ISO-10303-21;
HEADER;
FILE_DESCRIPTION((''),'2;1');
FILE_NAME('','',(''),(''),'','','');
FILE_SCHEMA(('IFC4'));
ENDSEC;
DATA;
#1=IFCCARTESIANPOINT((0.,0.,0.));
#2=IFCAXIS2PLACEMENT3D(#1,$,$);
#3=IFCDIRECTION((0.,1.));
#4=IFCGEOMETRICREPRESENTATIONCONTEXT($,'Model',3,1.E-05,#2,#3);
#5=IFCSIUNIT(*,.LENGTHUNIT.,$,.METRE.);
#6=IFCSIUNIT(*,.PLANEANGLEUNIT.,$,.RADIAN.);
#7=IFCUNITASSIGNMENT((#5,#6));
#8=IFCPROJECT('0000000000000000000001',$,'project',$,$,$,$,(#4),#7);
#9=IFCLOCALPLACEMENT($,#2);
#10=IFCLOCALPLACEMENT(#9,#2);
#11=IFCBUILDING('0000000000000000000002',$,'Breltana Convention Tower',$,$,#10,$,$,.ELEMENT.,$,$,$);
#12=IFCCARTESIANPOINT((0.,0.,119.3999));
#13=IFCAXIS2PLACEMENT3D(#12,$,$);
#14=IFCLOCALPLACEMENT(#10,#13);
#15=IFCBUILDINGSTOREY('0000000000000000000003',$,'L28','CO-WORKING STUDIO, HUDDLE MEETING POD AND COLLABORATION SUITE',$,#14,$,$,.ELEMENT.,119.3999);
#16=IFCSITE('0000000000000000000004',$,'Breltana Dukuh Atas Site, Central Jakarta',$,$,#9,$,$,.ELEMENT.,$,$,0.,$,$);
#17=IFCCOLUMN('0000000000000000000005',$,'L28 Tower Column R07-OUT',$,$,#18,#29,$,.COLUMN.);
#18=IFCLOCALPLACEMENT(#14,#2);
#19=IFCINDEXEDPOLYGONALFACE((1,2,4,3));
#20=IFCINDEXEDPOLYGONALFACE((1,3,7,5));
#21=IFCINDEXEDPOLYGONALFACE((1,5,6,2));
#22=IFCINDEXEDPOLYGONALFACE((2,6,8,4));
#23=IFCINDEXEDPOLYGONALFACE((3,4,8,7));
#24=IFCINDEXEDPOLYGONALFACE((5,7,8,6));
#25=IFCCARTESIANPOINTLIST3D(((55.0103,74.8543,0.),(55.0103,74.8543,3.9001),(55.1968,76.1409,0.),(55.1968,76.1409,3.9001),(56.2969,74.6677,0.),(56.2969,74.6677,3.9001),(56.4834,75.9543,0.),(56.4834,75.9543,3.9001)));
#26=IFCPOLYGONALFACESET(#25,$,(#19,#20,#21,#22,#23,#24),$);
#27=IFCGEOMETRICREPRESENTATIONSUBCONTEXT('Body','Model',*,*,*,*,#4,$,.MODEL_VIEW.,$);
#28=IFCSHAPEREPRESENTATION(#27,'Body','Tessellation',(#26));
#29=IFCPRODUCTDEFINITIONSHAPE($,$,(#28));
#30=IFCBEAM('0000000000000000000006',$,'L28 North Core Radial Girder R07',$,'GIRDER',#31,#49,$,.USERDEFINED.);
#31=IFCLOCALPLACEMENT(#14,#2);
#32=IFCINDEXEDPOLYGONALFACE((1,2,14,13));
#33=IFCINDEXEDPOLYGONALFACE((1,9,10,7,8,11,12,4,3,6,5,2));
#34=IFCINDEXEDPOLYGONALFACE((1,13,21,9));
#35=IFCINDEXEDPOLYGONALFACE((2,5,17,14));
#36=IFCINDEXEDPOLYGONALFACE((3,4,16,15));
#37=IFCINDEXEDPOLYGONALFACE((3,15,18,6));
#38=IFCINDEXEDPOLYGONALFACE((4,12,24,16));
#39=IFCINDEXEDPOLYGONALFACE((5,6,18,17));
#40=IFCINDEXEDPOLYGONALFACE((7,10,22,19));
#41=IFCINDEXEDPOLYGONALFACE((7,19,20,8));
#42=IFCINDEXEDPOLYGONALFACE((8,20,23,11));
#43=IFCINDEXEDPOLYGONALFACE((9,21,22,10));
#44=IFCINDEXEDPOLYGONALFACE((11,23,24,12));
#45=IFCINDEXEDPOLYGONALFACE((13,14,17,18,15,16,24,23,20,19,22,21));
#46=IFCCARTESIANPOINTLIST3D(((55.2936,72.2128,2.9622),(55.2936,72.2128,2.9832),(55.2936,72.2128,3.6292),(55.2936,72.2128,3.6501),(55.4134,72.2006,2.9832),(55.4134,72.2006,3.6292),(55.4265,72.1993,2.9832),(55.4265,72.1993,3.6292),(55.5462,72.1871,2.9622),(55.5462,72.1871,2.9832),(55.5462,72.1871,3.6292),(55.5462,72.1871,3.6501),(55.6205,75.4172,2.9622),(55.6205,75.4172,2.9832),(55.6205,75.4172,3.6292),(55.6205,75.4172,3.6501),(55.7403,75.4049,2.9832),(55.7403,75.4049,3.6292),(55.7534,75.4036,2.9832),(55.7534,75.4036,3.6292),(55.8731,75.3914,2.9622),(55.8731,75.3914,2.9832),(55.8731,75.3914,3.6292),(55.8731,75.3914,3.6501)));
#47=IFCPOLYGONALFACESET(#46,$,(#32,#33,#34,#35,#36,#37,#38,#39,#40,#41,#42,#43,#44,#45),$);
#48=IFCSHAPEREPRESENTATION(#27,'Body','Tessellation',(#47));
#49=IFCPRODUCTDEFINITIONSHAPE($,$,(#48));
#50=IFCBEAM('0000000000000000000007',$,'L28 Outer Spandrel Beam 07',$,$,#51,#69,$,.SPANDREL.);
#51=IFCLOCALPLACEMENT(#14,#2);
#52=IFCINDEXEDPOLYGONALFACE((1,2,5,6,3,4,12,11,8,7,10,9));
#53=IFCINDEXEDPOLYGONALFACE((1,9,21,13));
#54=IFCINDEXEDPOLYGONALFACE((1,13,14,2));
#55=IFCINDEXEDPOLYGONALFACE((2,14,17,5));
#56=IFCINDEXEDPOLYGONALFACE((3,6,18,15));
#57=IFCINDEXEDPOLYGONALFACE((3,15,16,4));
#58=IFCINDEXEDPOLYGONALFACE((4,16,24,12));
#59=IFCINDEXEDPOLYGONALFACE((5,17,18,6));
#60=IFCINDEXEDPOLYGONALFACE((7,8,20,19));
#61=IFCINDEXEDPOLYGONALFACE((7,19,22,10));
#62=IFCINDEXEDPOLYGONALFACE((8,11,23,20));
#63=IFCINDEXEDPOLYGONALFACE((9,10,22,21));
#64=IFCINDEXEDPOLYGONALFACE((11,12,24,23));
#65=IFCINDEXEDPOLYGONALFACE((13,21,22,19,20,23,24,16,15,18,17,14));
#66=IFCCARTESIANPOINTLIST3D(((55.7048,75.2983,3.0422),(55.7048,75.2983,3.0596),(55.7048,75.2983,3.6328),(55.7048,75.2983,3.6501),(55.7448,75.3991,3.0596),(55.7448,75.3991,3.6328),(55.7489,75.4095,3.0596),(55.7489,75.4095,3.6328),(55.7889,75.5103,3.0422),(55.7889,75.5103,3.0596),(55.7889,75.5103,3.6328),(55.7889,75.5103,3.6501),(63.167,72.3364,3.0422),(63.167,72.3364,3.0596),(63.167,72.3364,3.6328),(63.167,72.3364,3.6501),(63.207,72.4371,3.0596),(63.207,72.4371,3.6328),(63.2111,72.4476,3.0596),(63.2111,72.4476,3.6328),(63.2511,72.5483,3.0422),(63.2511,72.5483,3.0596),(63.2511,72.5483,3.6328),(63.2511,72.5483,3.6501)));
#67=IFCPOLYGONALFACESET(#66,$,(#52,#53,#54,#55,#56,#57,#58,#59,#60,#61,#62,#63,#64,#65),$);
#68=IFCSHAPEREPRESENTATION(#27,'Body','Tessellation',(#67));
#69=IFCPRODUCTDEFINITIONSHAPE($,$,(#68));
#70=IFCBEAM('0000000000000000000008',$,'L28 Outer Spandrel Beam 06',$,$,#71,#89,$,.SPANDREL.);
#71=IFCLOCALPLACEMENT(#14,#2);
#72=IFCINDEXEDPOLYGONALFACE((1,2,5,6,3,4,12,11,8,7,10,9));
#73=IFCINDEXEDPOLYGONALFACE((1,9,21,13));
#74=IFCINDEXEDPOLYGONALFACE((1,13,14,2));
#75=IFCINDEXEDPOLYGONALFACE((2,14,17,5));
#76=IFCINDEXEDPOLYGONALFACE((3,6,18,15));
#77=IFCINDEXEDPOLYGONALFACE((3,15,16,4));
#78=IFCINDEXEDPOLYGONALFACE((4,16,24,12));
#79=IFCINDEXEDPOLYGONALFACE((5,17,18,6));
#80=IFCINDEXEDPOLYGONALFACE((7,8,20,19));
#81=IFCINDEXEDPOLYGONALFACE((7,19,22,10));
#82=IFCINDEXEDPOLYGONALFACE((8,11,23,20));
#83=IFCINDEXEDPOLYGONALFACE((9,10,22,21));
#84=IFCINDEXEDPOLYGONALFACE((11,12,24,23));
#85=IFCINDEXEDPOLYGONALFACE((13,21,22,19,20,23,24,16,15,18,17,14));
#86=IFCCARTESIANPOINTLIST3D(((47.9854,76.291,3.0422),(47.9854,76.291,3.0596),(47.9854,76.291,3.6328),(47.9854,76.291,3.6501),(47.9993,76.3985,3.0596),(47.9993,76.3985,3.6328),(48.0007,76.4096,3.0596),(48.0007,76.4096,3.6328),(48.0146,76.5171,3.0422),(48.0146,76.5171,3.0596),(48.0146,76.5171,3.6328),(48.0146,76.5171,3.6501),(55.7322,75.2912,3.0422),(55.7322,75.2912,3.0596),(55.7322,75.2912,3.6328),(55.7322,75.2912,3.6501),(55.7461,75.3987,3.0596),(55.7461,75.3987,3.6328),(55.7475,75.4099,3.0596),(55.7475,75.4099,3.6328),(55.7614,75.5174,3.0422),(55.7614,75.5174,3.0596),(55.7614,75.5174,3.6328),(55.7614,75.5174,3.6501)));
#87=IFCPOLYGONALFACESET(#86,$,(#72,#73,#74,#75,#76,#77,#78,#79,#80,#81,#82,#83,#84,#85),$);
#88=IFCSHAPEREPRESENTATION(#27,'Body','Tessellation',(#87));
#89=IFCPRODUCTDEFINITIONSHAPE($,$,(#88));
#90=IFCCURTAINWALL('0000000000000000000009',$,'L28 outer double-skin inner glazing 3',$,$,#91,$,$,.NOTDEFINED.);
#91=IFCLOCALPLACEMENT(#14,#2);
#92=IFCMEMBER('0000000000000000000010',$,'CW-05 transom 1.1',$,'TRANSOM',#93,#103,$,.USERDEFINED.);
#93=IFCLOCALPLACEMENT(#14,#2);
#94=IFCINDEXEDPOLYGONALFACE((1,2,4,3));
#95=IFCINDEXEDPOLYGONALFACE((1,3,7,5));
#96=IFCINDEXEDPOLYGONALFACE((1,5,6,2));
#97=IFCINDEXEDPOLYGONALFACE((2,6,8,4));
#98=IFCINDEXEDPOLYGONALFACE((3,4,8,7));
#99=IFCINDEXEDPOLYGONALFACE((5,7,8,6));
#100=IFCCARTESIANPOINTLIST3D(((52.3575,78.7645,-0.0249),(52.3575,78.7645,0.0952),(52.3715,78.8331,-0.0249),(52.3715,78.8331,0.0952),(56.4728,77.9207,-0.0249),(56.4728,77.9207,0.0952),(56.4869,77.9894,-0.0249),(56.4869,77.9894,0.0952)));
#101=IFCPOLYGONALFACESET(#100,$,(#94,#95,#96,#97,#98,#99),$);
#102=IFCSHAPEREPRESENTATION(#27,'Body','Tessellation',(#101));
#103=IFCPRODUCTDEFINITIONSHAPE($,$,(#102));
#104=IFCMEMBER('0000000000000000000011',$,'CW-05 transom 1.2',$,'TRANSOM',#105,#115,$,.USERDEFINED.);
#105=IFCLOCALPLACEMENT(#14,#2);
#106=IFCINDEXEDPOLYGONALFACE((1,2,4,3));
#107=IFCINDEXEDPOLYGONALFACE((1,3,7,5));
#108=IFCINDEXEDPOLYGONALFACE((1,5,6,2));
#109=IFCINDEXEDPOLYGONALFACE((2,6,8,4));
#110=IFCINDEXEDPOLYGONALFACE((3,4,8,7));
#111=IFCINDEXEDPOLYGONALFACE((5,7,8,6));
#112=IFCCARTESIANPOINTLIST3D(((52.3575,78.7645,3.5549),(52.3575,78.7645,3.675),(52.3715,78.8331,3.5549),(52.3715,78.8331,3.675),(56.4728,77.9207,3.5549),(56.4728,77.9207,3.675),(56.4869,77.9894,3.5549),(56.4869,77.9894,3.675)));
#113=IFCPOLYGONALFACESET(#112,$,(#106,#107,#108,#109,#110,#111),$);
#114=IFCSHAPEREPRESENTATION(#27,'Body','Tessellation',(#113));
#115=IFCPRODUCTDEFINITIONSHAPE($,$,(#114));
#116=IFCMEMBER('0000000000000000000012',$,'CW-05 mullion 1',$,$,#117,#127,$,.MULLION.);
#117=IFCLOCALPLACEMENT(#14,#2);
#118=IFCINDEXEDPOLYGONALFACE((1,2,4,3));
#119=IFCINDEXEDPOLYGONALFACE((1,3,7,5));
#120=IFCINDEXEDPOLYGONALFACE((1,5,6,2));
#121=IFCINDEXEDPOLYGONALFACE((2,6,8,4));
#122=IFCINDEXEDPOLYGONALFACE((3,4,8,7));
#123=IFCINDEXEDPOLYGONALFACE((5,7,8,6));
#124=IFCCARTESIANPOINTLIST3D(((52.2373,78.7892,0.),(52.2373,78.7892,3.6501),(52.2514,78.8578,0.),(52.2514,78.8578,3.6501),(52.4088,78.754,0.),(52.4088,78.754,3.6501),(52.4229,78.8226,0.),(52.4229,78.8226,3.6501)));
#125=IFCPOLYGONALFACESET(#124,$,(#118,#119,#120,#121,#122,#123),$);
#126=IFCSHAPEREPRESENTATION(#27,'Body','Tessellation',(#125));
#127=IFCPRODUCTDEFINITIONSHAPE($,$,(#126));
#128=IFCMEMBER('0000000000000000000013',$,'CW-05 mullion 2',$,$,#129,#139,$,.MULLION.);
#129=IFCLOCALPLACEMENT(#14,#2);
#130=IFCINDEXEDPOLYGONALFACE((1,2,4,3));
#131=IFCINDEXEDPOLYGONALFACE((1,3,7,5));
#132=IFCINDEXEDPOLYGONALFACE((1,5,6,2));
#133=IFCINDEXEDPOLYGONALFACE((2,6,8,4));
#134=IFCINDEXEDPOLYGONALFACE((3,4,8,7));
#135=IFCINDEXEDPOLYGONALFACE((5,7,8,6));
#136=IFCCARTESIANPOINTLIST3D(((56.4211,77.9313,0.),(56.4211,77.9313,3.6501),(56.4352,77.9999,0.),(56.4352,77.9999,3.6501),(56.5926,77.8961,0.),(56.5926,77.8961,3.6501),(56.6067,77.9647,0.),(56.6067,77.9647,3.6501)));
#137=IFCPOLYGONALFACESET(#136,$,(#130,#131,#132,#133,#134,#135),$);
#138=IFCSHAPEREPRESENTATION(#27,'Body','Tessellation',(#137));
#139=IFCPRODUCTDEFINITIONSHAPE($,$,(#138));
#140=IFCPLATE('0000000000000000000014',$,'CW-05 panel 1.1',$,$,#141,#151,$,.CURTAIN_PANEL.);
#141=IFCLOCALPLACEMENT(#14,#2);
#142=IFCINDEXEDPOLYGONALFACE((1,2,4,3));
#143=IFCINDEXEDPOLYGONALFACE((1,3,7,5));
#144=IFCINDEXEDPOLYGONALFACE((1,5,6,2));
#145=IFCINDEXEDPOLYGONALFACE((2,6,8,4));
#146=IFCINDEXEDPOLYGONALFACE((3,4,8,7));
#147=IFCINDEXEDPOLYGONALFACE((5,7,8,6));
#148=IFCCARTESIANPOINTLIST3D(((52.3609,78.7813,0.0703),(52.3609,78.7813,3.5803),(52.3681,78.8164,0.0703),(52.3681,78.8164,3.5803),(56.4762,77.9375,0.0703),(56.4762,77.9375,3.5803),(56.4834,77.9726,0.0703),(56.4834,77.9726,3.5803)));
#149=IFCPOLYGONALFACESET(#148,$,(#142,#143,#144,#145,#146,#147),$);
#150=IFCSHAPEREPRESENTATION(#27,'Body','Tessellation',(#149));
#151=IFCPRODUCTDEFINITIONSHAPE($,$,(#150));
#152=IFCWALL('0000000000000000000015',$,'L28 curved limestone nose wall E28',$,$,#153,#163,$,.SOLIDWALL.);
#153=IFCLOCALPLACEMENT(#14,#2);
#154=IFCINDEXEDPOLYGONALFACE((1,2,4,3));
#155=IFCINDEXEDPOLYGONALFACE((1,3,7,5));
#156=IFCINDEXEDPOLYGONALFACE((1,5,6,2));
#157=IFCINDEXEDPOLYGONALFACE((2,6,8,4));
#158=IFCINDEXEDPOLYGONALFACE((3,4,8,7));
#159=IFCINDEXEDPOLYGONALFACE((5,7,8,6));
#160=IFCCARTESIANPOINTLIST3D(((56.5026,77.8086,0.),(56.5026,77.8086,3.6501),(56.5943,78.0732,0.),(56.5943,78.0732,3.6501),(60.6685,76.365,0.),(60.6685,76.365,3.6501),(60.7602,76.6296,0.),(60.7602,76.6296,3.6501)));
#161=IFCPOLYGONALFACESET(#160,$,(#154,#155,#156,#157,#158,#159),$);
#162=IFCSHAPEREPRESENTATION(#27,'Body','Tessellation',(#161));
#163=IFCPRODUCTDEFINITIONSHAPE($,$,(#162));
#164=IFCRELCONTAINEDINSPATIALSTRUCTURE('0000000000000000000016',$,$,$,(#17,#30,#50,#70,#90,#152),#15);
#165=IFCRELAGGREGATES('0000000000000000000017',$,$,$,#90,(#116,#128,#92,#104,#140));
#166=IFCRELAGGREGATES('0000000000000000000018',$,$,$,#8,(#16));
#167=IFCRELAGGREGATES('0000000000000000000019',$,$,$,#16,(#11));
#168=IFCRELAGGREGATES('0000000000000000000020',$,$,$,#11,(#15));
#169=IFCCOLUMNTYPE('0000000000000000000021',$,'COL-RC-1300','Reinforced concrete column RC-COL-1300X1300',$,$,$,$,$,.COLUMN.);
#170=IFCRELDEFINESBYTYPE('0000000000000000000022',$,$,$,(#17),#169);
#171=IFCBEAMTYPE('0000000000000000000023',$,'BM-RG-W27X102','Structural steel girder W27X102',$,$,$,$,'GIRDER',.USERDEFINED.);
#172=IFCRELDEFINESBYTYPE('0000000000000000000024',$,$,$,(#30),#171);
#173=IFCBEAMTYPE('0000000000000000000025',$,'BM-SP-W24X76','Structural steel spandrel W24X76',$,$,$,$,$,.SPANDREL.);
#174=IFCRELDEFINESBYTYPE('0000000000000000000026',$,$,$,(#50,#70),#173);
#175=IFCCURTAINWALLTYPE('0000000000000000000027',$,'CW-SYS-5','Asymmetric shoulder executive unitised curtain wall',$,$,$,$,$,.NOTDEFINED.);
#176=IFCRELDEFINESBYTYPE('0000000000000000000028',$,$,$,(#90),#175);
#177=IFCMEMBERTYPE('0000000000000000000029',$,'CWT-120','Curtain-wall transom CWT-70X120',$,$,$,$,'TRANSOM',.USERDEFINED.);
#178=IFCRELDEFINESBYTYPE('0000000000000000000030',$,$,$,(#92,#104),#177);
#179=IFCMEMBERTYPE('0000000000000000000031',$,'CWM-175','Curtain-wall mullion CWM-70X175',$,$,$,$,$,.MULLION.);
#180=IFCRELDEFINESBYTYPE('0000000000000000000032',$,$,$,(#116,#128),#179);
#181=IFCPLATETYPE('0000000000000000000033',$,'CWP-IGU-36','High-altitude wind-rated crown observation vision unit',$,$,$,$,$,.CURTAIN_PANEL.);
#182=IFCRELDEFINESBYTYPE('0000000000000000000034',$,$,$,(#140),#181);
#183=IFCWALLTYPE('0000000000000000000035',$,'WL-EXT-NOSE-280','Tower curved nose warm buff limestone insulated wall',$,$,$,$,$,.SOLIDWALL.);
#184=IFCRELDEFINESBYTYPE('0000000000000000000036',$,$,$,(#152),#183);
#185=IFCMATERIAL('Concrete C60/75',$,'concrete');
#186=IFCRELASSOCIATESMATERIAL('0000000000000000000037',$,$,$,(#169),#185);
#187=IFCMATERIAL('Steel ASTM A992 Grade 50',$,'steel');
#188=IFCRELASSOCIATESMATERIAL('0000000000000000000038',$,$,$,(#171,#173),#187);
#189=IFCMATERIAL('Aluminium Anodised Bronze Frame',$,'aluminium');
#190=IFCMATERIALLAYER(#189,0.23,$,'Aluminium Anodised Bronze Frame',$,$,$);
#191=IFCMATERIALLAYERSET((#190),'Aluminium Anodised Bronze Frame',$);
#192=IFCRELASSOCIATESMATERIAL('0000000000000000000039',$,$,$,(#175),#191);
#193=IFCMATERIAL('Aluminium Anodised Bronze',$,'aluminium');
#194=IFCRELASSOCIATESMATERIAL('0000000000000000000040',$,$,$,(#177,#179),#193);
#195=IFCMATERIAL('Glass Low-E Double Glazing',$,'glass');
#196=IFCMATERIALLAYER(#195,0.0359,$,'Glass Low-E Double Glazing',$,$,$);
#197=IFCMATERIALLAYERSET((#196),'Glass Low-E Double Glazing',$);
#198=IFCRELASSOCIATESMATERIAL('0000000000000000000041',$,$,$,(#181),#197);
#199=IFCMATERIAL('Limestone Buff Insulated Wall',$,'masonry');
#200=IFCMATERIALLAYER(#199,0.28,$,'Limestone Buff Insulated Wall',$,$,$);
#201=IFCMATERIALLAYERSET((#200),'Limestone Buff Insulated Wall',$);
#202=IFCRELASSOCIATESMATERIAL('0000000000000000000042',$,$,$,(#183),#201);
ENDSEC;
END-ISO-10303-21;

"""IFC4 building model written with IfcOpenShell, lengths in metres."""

from ifc_helpers import new_model, si_unit, direction, frame, frame_2d, origin, origin_2d, place, context, subcontext, project, spatial, rectangle, i_section, extrude, source, transform, mapped, material, layer, layer_set, material_profile, profile_set, type_object, element, aggregate, save


model = new_model("IFC4")

# Units and contexts
model_context = context("Model", 3, precision=1e-05, world=origin(), true_north=direction((0.0, 1.0)))
body_context = subcontext(model_context, "Body", "Model", "MODEL_VIEW")
ifc_project = project(units=[si_unit("LENGTHUNIT", "METRE"), si_unit("PLANEANGLEUNIT", "RADIAN")], contexts=[model_context])

# Site, building, storey
site_placement = place(None, origin())
site = spatial("IfcSite", under=ifc_project, at=site_placement, Name="Breltana Dukuh Atas Site, Central Jakarta", CompositionType="ELEMENT", RefElevation=0.0)
building_placement = place(site_placement, origin())
building = spatial("IfcBuilding", under=site, at=building_placement, Name="Breltana Convention Tower", CompositionType="ELEMENT")
storey_placement = place(building_placement, frame((0.0, 0.0, 119.3999)))
storey = spatial("IfcBuildingStorey", under=building, at=storey_placement, Name="L28", Description="CO-WORKING STUDIO, HUDDLE MEETING POD AND COLLABORATION SUITE", CompositionType="ELEMENT", Elevation=119.3999)

# Column
ifc_material_1 = material(Name="Concrete C60/75", Category="concrete")
ifc_material_profile_1 = material_profile(ifc_material_1, rectangle(XDim=1.3, YDim=1.3, at=origin_2d()), Name="RC-COL-1300X1300")
ifc_profile_set_1 = profile_set([ifc_material_profile_1], Name="Concrete C60/75")
column_type = type_object("IfcColumnType", Name="COL-RC-1300", Description="Reinforced concrete column RC-COL-1300X1300", PredefinedType="COLUMN", material=ifc_profile_set_1)
shared_shape_1 = source(origin(), body_context, "Body", "SweptSolid", [
    extrude(rectangle(XDim=1.3, YDim=1.3, at=origin_2d()), origin(), (0.0, 0.0, 1.0), 3.9001),
])
column_placement = place(storey_placement, frame((55.7468, 75.4043, 0.0), z_axis=(0.0, 0.0, 1.0), x_axis=(0.143493, 0.989651, 0.0)))
element("IfcColumn", 1, at=column_placement, inside=storey, type_object=column_type, Name="L28 Tower Column R07-OUT", PredefinedType="COLUMN", context=body_context, shape_type="MappedRepresentation", body=[
    mapped(shared_shape_1, transform((0.0, 0.0, 0.0), scale=1.0)),
])

# Beams
ifc_material_2 = material(Name="Steel ASTM A992 Grade 50", Category="steel")
ifc_material_profile_2 = material_profile(ifc_material_2, i_section(OverallWidth=0.2539, OverallDepth=0.688, WebThickness=0.0132, FlangeThickness=0.021, at=origin_2d()), Name="W27X102")
ifc_profile_set_2 = profile_set([ifc_material_profile_2], Name="Steel ASTM A992 Grade 50")
beam_type_1 = type_object("IfcBeamType", Name="BM-RG-W27X102", Description="Structural steel girder W27X102", ElementType="GIRDER", PredefinedType="USERDEFINED", material=ifc_profile_set_2)
shared_shape_2 = source(origin(), body_context, "Body", "SweptSolid", [
    extrude(i_section(OverallWidth=0.2539, OverallDepth=0.688, WebThickness=0.0132, FlangeThickness=0.021, at=origin_2d()), origin(), (0.0, 0.0, 1.0), 3.2209),
])
beam_1_placement = place(storey_placement, frame((55.4199, 72.2, 3.3062), z_axis=(0.101492, 0.994836, 0.0), x_axis=(-0.994836, 0.101492, 0.0)))
element("IfcBeam", 2, at=beam_1_placement, inside=storey, type_object=beam_type_1, Name="L28 North Core Radial Girder R07", ObjectType="GIRDER", PredefinedType="USERDEFINED", context=body_context, shape_type="MappedRepresentation", body=[
    mapped(shared_shape_2, transform((0.0, 0.0, 0.0), scale=1.0)),
])
ifc_material_profile_3 = material_profile(ifc_material_2, i_section(OverallWidth=0.228, OverallDepth=0.6079, WebThickness=0.0112, FlangeThickness=0.0173, at=origin_2d()), Name="W24X76")
ifc_profile_set_3 = profile_set([ifc_material_profile_3], Name="Steel ASTM A992 Grade 50")
beam_type_2 = type_object("IfcBeamType", Name="BM-SP-W24X76", Description="Structural steel spandrel W24X76", PredefinedType="SPANDREL", material=ifc_profile_set_3)
shared_shape_3 = source(origin(), body_context, "Body", "SweptSolid", [
    extrude(i_section(OverallWidth=0.228, OverallDepth=0.6079, WebThickness=0.0112, FlangeThickness=0.0173, at=origin_2d()), origin(), (0.0, 0.0, 1.0), 8.0286),
])
beam_2_placement = place(storey_placement, frame((55.7468, 75.4043, 3.3462), z_axis=(0.929459, -0.368925, 0.0), x_axis=(0.368925, 0.929459, 0.0)))
element("IfcBeam", 3, at=beam_2_placement, inside=storey, type_object=beam_type_2, Name="L28 Outer Spandrel Beam 07", PredefinedType="SPANDREL", context=body_context, shape_type="MappedRepresentation", body=[
    mapped(shared_shape_3, transform((0.0, 0.0, 0.0), scale=1.0)),
])
shared_shape_4 = source(origin(), body_context, "Body", "SweptSolid", [
    extrude(i_section(OverallWidth=0.228, OverallDepth=0.6079, WebThickness=0.0112, FlangeThickness=0.0173, at=origin_2d()), origin(), (0.0, 0.0, 1.0), 7.811),
])
beam_3_placement = place(storey_placement, frame((48.0, 76.4041, 3.3462), z_axis=(0.991775, -0.127992, 0.0), x_axis=(0.127992, 0.991775, 0.0)))
element("IfcBeam", 4, at=beam_3_placement, inside=storey, type_object=beam_type_2, Name="L28 Outer Spandrel Beam 06", PredefinedType="SPANDREL", context=body_context, shape_type="MappedRepresentation", body=[
    mapped(shared_shape_4, transform((0.0, 0.0, 0.0), scale=1.0)),
])

# Curtain wall, members, plate
ifc_material_3 = material(Name="Aluminium Anodised Bronze Frame", Category="aluminium")
ifc_layer_1 = layer(ifc_material_3, 0.23, Name="Aluminium Anodised Bronze Frame")
ifc_layer_set_1 = layer_set([ifc_layer_1], Name="Aluminium Anodised Bronze Frame")
curtain_wall_type = type_object("IfcCurtainWallType", Name="CW-SYS-5", Description="Asymmetric shoulder executive unitised curtain wall", PredefinedType="NOTDEFINED", material=ifc_layer_set_1)
curtain_wall_placement = place(storey_placement, origin())
curtain_wall = element("IfcCurtainWall", 5, at=curtain_wall_placement, inside=storey, type_object=curtain_wall_type, Name="L28 outer double-skin inner glazing 3", PredefinedType="NOTDEFINED")
ifc_material_4 = material(Name="Aluminium Anodised Bronze", Category="aluminium")
ifc_material_profile_4 = material_profile(ifc_material_4, rectangle(XDim=0.0701, YDim=0.1201, at=origin_2d()), Name="CWT-70X120")
ifc_profile_set_4 = profile_set([ifc_material_profile_4], Name="Aluminium Anodised Bronze")
member_type_1 = type_object("IfcMemberType", Name="CWT-120", Description="Curtain-wall transom CWT-70X120", ElementType="TRANSOM", PredefinedType="USERDEFINED", material=ifc_profile_set_4)
shared_shape_5 = source(origin(), body_context, "Body", "SweptSolid", [
    extrude(rectangle(XDim=0.0701, YDim=0.1201, at=origin_2d()), origin(), (0.0, 0.0, 1.0), 4.2009),
])
member_1_placement = place(storey_placement, frame((52.3645, 78.7988, 0.0352), z_axis=(0.979621, -0.200853, 0.0), x_axis=(0.200853, 0.979621, 0.0)))
member_1 = element("IfcMember", 6, at=member_1_placement, type_object=member_type_1, Name="CW-05 transom 1.1", ObjectType="TRANSOM", PredefinedType="USERDEFINED", context=body_context, shape_type="MappedRepresentation", body=[
    mapped(shared_shape_5, transform((0.0, 0.0, 0.0), scale=1.0)),
])
member_2_placement = place(storey_placement, frame((52.3645, 78.7988, 3.615), z_axis=(0.979621, -0.200853, 0.0), x_axis=(0.200853, 0.979621, 0.0)))
member_2 = element("IfcMember", 7, at=member_2_placement, type_object=member_type_1, Name="CW-05 transom 1.2", ObjectType="TRANSOM", PredefinedType="USERDEFINED", context=body_context, shape_type="MappedRepresentation", body=[
    mapped(shared_shape_5, transform((0.0, 0.0, 0.0), scale=1.0)),
])
ifc_material_profile_5 = material_profile(ifc_material_4, rectangle(XDim=0.0701, YDim=0.175, at=origin_2d()), Name="CWM-70X175")
ifc_profile_set_5 = profile_set([ifc_material_profile_5], Name="Aluminium Anodised Bronze")
member_type_2 = type_object("IfcMemberType", Name="CWM-175", Description="Curtain-wall mullion CWM-70X175", PredefinedType="MULLION", material=ifc_profile_set_5)
shared_shape_6 = source(origin(), body_context, "Body", "SweptSolid", [
    extrude(rectangle(XDim=0.0701, YDim=0.175, at=origin_2d()), origin(), (0.0, 0.0, 1.0), 3.6501),
])
member_3_placement = place(storey_placement, frame((52.3301, 78.8059, 0.0), z_axis=(0.0, 0.0, 1.0), x_axis=(0.200859, 0.97962, 0.0)))
member_3 = element("IfcMember", 8, at=member_3_placement, type_object=member_type_2, Name="CW-05 mullion 1", PredefinedType="MULLION", context=body_context, shape_type="MappedRepresentation", body=[
    mapped(shared_shape_6, transform((0.0, 0.0, 0.0), scale=1.0)),
])
member_4_placement = place(storey_placement, frame((56.5139, 77.948, 0.0), z_axis=(0.0, 0.0, 1.0), x_axis=(0.200859, 0.97962, 0.0)))
member_4 = element("IfcMember", 9, at=member_4_placement, type_object=member_type_2, Name="CW-05 mullion 2", PredefinedType="MULLION", context=body_context, shape_type="MappedRepresentation", body=[
    mapped(shared_shape_6, transform((0.0, 0.0, 0.0), scale=1.0)),
])
ifc_material_5 = material(Name="Glass Low-E Double Glazing", Category="glass")
ifc_layer_2 = layer(ifc_material_5, 0.0359, Name="Glass Low-E Double Glazing")
ifc_layer_set_2 = layer_set([ifc_layer_2], Name="Glass Low-E Double Glazing")
plate_type = type_object("IfcPlateType", Name="CWP-IGU-36", Description="High-altitude wind-rated crown observation vision unit", PredefinedType="CURTAIN_PANEL", material=ifc_layer_set_2)
shared_shape_7 = source(origin(), body_context, "Body", "SweptSolid", [
    extrude(rectangle(XDim=4.2009, YDim=0.0359, at=origin_2d()), origin(), (0.0, 0.0, 1.0), 3.51),
])
plate_placement = place(storey_placement, frame((54.4221, 78.377, 0.0703), z_axis=(0.0, 0.0, 1.0), x_axis=(0.97962, -0.200859, 0.0)))
plate = element("IfcPlate", 10, at=plate_placement, type_object=plate_type, Name="CW-05 panel 1.1", PredefinedType="CURTAIN_PANEL", context=body_context, shape_type="MappedRepresentation", body=[
    mapped(shared_shape_7, transform((0.0, 0.0, 0.0), scale=1.0)),
])
aggregate(curtain_wall, [member_3, member_4, member_1, member_2, plate])

# Wall
ifc_material_6 = material(Name="Limestone Buff Insulated Wall", Category="masonry")
ifc_layer_3 = layer(ifc_material_6, 0.28, Name="Limestone Buff Insulated Wall")
ifc_layer_set_3 = layer_set([ifc_layer_3], Name="Limestone Buff Insulated Wall")
wall_type_1 = type_object("IfcWallType", Name="WL-EXT-NOSE-280", Description="Tower curved nose warm buff limestone insulated wall", PredefinedType="SOLIDWALL", material=ifc_layer_set_3)
shared_shape_8 = source(origin(), body_context, "Body", "SweptSolid", [
    extrude(rectangle(XDim=4.4089, YDim=0.28, at=frame_2d((2.2046, 0.0))), origin(), (0.0, 0.0, 1.0), 3.6501),
])
wall_1_placement = place(storey_placement, frame((56.5483, 77.9409, 0.0), z_axis=(0.0, 0.0, 1.0), x_axis=(0.944879, -0.327419, 0.0)))
element("IfcWall", 11, at=wall_1_placement, inside=storey, type_object=wall_type_1, Name="L28 curved limestone nose wall E28", PredefinedType="SOLIDWALL", context=body_context, shape_type="MappedRepresentation", body=[
    mapped(shared_shape_8, transform((0.0, 0.0, 0.0), scale=1.0)),
])

save(model, "model.ifc")
